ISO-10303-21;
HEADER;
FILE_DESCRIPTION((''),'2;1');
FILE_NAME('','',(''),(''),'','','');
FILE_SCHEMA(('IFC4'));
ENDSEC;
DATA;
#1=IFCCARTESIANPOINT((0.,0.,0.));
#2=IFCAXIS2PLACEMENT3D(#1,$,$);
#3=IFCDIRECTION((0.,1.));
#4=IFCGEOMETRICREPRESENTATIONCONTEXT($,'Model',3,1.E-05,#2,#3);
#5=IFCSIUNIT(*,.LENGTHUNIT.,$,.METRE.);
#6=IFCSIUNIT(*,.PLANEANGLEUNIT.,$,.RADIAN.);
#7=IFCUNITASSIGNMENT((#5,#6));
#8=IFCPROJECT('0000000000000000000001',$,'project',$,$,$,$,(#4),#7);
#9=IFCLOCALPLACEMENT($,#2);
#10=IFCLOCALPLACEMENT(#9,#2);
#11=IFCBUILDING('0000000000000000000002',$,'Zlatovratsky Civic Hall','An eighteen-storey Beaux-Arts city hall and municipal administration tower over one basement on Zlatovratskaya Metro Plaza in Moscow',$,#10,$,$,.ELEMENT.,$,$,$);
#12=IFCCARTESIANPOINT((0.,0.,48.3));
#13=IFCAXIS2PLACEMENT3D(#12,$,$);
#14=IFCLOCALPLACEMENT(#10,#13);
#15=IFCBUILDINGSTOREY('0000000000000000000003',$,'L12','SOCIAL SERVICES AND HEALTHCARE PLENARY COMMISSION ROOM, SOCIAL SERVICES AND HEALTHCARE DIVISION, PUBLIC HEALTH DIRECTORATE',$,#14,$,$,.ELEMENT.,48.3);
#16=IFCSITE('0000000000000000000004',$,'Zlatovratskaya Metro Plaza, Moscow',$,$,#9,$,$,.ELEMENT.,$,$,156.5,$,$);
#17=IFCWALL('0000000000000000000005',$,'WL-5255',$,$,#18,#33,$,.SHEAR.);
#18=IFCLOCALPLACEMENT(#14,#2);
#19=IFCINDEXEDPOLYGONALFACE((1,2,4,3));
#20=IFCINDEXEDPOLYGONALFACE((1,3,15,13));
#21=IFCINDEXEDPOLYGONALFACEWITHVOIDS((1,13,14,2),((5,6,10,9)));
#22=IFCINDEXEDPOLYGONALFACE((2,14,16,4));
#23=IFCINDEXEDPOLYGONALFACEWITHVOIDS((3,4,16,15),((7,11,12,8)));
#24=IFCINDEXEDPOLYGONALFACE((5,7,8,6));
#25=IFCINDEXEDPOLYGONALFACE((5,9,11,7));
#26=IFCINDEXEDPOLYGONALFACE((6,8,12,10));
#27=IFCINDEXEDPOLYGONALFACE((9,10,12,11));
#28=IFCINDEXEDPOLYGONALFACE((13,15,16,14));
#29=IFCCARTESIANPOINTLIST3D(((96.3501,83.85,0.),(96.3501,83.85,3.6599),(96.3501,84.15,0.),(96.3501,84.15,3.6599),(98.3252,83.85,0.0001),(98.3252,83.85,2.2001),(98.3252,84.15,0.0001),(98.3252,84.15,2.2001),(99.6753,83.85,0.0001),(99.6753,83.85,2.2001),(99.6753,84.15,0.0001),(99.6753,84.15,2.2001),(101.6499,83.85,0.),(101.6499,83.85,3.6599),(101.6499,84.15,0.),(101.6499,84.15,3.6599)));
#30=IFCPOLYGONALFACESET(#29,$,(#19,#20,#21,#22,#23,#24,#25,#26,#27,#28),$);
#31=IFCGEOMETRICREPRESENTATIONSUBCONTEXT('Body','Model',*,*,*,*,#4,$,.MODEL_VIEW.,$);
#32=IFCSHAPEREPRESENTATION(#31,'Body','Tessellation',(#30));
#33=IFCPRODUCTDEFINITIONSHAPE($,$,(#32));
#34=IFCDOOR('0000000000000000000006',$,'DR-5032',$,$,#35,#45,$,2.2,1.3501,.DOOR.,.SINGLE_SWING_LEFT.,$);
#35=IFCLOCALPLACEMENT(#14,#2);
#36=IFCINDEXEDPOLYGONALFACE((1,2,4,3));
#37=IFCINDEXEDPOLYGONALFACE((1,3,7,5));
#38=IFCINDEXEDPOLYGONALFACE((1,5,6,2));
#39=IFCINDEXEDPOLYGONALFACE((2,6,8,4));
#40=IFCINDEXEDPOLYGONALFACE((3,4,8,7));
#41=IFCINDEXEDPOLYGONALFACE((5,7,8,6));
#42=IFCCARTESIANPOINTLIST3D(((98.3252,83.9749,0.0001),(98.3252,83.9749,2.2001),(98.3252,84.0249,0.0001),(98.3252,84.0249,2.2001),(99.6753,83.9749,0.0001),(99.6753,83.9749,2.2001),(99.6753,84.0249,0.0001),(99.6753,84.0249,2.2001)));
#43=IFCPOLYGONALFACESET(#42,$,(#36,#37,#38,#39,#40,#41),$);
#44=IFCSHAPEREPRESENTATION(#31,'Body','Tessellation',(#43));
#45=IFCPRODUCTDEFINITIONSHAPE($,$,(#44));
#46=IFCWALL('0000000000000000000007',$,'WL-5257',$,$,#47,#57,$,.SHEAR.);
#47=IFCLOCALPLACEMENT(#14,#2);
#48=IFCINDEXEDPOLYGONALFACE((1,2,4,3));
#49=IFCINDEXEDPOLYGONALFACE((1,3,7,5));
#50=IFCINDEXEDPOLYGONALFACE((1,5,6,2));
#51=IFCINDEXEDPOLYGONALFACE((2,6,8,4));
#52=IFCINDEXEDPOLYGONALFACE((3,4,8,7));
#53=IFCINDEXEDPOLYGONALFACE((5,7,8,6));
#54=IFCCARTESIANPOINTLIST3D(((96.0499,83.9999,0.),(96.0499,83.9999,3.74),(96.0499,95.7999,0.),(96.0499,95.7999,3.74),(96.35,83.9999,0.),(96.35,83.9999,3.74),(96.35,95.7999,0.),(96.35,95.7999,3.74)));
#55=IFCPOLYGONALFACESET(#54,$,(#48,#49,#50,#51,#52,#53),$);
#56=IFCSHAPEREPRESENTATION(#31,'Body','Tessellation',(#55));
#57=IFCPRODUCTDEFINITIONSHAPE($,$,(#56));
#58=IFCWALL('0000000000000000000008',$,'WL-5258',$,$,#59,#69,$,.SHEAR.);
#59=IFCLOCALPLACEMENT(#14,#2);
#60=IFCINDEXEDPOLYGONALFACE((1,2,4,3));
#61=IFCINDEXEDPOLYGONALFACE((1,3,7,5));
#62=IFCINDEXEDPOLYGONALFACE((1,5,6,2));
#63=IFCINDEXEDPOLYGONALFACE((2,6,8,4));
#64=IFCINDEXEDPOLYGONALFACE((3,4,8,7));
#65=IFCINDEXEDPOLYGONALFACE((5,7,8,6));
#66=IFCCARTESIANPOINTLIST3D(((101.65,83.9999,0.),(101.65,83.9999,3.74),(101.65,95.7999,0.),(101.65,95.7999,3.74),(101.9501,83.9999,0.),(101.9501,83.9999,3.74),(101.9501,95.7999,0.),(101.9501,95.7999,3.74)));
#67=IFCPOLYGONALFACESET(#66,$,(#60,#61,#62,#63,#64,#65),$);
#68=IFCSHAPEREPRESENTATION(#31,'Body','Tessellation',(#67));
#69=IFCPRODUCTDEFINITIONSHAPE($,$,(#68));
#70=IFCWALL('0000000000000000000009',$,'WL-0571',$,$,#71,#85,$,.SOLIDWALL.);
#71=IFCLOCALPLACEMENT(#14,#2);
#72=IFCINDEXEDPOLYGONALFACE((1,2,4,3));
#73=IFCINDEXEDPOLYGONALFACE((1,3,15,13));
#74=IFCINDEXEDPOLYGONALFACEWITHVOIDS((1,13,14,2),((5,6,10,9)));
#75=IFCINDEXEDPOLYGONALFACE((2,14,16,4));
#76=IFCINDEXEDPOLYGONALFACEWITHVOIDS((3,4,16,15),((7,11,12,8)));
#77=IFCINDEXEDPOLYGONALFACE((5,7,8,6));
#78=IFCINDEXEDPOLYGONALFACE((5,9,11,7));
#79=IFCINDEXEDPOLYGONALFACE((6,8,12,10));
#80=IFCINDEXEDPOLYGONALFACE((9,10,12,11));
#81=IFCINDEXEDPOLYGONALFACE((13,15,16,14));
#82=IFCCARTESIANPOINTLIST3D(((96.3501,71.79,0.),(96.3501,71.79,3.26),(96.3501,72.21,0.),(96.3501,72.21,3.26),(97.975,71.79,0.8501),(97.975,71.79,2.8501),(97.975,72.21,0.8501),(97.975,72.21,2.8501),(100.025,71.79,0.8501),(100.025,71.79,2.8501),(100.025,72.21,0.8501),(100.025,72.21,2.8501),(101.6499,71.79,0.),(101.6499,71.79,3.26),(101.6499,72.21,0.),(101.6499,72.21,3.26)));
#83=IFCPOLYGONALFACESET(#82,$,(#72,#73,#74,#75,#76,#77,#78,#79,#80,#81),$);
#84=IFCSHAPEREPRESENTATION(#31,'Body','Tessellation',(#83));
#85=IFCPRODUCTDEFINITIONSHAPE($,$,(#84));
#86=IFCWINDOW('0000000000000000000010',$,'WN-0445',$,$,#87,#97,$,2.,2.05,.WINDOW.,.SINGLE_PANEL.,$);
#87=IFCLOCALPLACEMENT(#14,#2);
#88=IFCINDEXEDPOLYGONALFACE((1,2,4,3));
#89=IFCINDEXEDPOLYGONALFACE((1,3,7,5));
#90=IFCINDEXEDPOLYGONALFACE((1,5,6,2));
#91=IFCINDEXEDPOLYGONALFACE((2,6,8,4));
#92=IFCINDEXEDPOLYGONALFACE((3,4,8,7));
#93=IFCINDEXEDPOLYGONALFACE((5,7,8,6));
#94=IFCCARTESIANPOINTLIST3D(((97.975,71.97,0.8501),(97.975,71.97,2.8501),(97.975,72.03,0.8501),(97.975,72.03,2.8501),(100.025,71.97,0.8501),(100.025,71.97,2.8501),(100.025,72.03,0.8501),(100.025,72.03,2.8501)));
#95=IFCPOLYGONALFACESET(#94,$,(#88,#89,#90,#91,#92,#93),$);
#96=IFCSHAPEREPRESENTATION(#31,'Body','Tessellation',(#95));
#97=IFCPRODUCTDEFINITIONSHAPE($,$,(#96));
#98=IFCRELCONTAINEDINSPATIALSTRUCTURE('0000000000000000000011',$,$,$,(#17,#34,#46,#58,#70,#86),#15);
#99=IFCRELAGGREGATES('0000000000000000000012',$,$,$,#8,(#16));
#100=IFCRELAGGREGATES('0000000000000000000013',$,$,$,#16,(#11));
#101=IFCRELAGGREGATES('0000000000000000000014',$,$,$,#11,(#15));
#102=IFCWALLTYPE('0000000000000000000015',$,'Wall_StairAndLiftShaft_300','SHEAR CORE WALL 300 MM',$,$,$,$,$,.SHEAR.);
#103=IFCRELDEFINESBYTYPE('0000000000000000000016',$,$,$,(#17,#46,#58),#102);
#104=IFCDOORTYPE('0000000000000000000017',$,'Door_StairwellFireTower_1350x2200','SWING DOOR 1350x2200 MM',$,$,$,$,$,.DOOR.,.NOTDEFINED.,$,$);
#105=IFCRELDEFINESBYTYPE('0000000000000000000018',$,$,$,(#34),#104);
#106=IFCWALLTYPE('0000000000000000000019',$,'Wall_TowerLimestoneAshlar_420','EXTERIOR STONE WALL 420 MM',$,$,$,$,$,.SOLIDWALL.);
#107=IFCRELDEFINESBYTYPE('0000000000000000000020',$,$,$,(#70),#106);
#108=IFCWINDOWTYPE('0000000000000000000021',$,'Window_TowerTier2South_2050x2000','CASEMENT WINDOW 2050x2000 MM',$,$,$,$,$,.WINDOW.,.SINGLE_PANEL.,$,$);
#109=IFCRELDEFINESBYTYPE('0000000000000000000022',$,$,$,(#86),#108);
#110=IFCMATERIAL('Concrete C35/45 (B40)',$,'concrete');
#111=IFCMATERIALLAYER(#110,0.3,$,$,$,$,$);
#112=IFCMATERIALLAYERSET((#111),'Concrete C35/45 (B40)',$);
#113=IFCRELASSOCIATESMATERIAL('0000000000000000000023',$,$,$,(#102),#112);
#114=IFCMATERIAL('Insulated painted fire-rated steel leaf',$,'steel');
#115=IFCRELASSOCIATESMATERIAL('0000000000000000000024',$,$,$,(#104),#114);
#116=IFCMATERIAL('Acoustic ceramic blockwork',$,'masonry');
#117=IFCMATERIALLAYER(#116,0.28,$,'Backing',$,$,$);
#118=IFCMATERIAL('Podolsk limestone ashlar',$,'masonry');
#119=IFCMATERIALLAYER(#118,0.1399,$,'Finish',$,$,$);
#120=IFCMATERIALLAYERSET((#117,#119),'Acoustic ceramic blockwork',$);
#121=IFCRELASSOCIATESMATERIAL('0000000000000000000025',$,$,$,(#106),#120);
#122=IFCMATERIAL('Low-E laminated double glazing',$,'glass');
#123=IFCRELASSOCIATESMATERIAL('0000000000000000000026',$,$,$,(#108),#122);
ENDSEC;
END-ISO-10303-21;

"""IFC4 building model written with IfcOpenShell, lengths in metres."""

from ifc_helpers import new_model, si_unit, direction, frame, frame_2d, origin, place, context, subcontext, project, spatial, rectangle, extrude, material, layer, layer_set, type_object, element, fill, save


model = new_model("IFC4")

# Units and contexts
model_context = context("Model", 3, precision=1e-05, world=origin(), true_north=direction((0.0, 1.0)))
body_context = subcontext(model_context, "Body", "Model", "MODEL_VIEW")
ifc_project = project(units=[si_unit("LENGTHUNIT", "METRE"), si_unit("PLANEANGLEUNIT", "RADIAN")], contexts=[model_context])

# Site, building, storey
site_placement = place(None, origin())
site = spatial("IfcSite", under=ifc_project, at=site_placement, Name="Zlatovratskaya Metro Plaza, Moscow", CompositionType="ELEMENT", RefElevation=156.5)
building_placement = place(site_placement, origin())
building = spatial("IfcBuilding", under=site, at=building_placement, Name="Zlatovratsky Civic Hall", Description="An eighteen-storey Beaux-Arts city hall and municipal administration tower over one basement on Zlatovratskaya Metro Plaza in Moscow", CompositionType="ELEMENT")
storey_placement = place(building_placement, frame((0.0, 0.0, 48.3)))
storey = spatial("IfcBuildingStorey", under=building, at=storey_placement, Name="L12", Description="SOCIAL SERVICES AND HEALTHCARE PLENARY COMMISSION ROOM, SOCIAL SERVICES AND HEALTHCARE DIVISION, PUBLIC HEALTH DIRECTORATE", CompositionType="ELEMENT", Elevation=48.3)

# Shared definitions
ifc_material_1 = material(Name="Concrete C35/45 (B40)", Category="concrete")

# Shared definitions
ifc_material_2 = material(Name="Acoustic ceramic blockwork", Category="masonry")
ifc_material_3 = material(Name="Insulated painted fire-rated steel leaf", Category="steel")

# Wall, opening, door
ifc_layer_1 = layer(ifc_material_1, 0.3)
ifc_layer_set_1 = layer_set([ifc_layer_1], Name="Concrete C35/45 (B40)")
wall_type_1 = type_object("IfcWallType", Name="Wall_StairAndLiftShaft_300", Description="SHEAR CORE WALL 300 MM", PredefinedType="SHEAR", material=ifc_layer_set_1)
wall_1_placement = place(storey_placement, frame((96.3501, 84.0, 0.0), z_axis=(0.0, 0.0, 1.0), x_axis=(1.0, 0.0, 0.0)))
wall_1 = element("IfcWall", 1, at=wall_1_placement, inside=storey, type_object=wall_type_1, Name="WL-5255", PredefinedType="SHEAR", context=body_context, shape_type="SweptSolid", body=[
    extrude(rectangle(XDim=5.2998, YDim=0.3, at=frame_2d((2.6499, 0.0))), origin(), (0.0, 0.0, 1.0), 3.6599),
])
opening_1_placement = place(wall_1_placement, frame((1.9751, 0.0, 0.0)))
opening_1 = element("IfcOpeningElement", 2, at=opening_1_placement, cuts=wall_1, PredefinedType="OPENING", context=body_context, shape_type="SweptSolid", body=[
    extrude(rectangle(XDim=1.3501, YDim=2.2, at=frame_2d((0.675, 1.1001))), frame((0.0, 0.165, 0.0), z_axis=(0.0, -1.0, 0.0), x_axis=(1.0, 0.0, 0.0)), (0.0, 0.0, 1.0), 0.3298),
])
door_type_1 = type_object("IfcDoorType", Name="Door_StairwellFireTower_1350x2200", Description="SWING DOOR 1350x2200 MM", OperationType="NOTDEFINED", PredefinedType="DOOR", material=ifc_material_3)
door_1_placement = place(opening_1_placement, origin())
door_1 = element("IfcDoor", 3, at=door_1_placement, inside=storey, type_object=door_type_1, Name="DR-5032", OperationType="SINGLE_SWING_LEFT", OverallHeight=2.2, OverallWidth=1.3501, PredefinedType="DOOR", context=body_context, shape_type="SweptSolid", body=[
    extrude(rectangle(XDim=1.3501, YDim=2.2, at=frame_2d((0.675, 1.1001))), frame((0.0, 0.0249, 0.0), z_axis=(0.0, -1.0, 0.0), x_axis=(1.0, 0.0, 0.0)), (0.0, 0.0, 1.0), 0.05),
])
fill(opening_1, door_1)

# Walls
for number, where, z_axis, x_axis, name in (
    (4, (96.2, 84.0, 0.0), (0.0, 0.0, 1.0), (0.0, 1.0, 0.0), "WL-5257"),
    (5, (101.8, 84.0, 0.0), (0.0, 0.0, 1.0), (0.0, 1.0, 0.0), "WL-5258"),
):
    element("IfcWall", number, at=place(storey_placement, frame(where, z_axis=z_axis, x_axis=x_axis)), inside=storey, type_object=wall_type_1, Name=name, PredefinedType="SHEAR", context=body_context, shape_type="SweptSolid", body=[
        extrude(rectangle(XDim=11.8, YDim=0.3, at=frame_2d((5.8999, 0.0))), origin(), (0.0, 0.0, 1.0), 3.74),
    ])

# Wall, opening, window
ifc_layer_2 = layer(ifc_material_2, 0.28, Name="Backing")
ifc_material_4 = material(Name="Podolsk limestone ashlar", Category="masonry")
ifc_layer_3 = layer(ifc_material_4, 0.1399, Name="Finish")
ifc_layer_set_2 = layer_set([ifc_layer_2, ifc_layer_3], Name="Acoustic ceramic blockwork")
wall_type_2 = type_object("IfcWallType", Name="Wall_TowerLimestoneAshlar_420", Description="EXTERIOR STONE WALL 420 MM", PredefinedType="SOLIDWALL", material=ifc_layer_set_2)
wall_2_placement = place(storey_placement, frame((96.3501, 72.0, 0.0), z_axis=(0.0, 0.0, 1.0), x_axis=(1.0, 0.0, 0.0)))
wall_2 = element("IfcWall", 6, at=wall_2_placement, inside=storey, type_object=wall_type_2, Name="WL-0571", PredefinedType="SOLIDWALL", context=body_context, shape_type="SweptSolid", body=[
    extrude(rectangle(XDim=5.2998, YDim=0.4199, at=frame_2d((2.6499, 0.0))), origin(), (0.0, 0.0, 1.0), 3.26),
])
opening_2_placement = place(wall_2_placement, frame((1.625, 0.0, 0.8501)))
opening_2 = element("IfcOpeningElement", 7, at=opening_2_placement, cuts=wall_2, PredefinedType="OPENING", context=body_context, shape_type="SweptSolid", body=[
    extrude(rectangle(XDim=2.05, YDim=2.0, at=frame_2d((1.0249, 1.0))), frame((0.0, 0.2249, 0.0), z_axis=(0.0, -1.0, 0.0), x_axis=(1.0, 0.0, 0.0)), (0.0, 0.0, 1.0), 0.4497),
])
ifc_material_5 = material(Name="Low-E laminated double glazing", Category="glass")
window_type = type_object("IfcWindowType", Name="Window_TowerTier2South_2050x2000", Description="CASEMENT WINDOW 2050x2000 MM", PartitioningType="SINGLE_PANEL", PredefinedType="WINDOW", material=ifc_material_5)
window_placement = place(opening_2_placement, origin())
window = element("IfcWindow", 8, at=window_placement, inside=storey, type_object=window_type, Name="WN-0445", OverallHeight=2.0, OverallWidth=2.05, PartitioningType="SINGLE_PANEL", PredefinedType="WINDOW", context=body_context, shape_type="SweptSolid", body=[
    extrude(rectangle(XDim=2.05, YDim=2.0, at=frame_2d((1.0249, 1.0))), frame((0.0, 0.03, 0.0), z_axis=(0.0, -1.0, 0.0), x_axis=(1.0, 0.0, 0.0)), (0.0, 0.0, 1.0), 0.0601),
])
fill(opening_2, window)

save(model, "model.ifc")
